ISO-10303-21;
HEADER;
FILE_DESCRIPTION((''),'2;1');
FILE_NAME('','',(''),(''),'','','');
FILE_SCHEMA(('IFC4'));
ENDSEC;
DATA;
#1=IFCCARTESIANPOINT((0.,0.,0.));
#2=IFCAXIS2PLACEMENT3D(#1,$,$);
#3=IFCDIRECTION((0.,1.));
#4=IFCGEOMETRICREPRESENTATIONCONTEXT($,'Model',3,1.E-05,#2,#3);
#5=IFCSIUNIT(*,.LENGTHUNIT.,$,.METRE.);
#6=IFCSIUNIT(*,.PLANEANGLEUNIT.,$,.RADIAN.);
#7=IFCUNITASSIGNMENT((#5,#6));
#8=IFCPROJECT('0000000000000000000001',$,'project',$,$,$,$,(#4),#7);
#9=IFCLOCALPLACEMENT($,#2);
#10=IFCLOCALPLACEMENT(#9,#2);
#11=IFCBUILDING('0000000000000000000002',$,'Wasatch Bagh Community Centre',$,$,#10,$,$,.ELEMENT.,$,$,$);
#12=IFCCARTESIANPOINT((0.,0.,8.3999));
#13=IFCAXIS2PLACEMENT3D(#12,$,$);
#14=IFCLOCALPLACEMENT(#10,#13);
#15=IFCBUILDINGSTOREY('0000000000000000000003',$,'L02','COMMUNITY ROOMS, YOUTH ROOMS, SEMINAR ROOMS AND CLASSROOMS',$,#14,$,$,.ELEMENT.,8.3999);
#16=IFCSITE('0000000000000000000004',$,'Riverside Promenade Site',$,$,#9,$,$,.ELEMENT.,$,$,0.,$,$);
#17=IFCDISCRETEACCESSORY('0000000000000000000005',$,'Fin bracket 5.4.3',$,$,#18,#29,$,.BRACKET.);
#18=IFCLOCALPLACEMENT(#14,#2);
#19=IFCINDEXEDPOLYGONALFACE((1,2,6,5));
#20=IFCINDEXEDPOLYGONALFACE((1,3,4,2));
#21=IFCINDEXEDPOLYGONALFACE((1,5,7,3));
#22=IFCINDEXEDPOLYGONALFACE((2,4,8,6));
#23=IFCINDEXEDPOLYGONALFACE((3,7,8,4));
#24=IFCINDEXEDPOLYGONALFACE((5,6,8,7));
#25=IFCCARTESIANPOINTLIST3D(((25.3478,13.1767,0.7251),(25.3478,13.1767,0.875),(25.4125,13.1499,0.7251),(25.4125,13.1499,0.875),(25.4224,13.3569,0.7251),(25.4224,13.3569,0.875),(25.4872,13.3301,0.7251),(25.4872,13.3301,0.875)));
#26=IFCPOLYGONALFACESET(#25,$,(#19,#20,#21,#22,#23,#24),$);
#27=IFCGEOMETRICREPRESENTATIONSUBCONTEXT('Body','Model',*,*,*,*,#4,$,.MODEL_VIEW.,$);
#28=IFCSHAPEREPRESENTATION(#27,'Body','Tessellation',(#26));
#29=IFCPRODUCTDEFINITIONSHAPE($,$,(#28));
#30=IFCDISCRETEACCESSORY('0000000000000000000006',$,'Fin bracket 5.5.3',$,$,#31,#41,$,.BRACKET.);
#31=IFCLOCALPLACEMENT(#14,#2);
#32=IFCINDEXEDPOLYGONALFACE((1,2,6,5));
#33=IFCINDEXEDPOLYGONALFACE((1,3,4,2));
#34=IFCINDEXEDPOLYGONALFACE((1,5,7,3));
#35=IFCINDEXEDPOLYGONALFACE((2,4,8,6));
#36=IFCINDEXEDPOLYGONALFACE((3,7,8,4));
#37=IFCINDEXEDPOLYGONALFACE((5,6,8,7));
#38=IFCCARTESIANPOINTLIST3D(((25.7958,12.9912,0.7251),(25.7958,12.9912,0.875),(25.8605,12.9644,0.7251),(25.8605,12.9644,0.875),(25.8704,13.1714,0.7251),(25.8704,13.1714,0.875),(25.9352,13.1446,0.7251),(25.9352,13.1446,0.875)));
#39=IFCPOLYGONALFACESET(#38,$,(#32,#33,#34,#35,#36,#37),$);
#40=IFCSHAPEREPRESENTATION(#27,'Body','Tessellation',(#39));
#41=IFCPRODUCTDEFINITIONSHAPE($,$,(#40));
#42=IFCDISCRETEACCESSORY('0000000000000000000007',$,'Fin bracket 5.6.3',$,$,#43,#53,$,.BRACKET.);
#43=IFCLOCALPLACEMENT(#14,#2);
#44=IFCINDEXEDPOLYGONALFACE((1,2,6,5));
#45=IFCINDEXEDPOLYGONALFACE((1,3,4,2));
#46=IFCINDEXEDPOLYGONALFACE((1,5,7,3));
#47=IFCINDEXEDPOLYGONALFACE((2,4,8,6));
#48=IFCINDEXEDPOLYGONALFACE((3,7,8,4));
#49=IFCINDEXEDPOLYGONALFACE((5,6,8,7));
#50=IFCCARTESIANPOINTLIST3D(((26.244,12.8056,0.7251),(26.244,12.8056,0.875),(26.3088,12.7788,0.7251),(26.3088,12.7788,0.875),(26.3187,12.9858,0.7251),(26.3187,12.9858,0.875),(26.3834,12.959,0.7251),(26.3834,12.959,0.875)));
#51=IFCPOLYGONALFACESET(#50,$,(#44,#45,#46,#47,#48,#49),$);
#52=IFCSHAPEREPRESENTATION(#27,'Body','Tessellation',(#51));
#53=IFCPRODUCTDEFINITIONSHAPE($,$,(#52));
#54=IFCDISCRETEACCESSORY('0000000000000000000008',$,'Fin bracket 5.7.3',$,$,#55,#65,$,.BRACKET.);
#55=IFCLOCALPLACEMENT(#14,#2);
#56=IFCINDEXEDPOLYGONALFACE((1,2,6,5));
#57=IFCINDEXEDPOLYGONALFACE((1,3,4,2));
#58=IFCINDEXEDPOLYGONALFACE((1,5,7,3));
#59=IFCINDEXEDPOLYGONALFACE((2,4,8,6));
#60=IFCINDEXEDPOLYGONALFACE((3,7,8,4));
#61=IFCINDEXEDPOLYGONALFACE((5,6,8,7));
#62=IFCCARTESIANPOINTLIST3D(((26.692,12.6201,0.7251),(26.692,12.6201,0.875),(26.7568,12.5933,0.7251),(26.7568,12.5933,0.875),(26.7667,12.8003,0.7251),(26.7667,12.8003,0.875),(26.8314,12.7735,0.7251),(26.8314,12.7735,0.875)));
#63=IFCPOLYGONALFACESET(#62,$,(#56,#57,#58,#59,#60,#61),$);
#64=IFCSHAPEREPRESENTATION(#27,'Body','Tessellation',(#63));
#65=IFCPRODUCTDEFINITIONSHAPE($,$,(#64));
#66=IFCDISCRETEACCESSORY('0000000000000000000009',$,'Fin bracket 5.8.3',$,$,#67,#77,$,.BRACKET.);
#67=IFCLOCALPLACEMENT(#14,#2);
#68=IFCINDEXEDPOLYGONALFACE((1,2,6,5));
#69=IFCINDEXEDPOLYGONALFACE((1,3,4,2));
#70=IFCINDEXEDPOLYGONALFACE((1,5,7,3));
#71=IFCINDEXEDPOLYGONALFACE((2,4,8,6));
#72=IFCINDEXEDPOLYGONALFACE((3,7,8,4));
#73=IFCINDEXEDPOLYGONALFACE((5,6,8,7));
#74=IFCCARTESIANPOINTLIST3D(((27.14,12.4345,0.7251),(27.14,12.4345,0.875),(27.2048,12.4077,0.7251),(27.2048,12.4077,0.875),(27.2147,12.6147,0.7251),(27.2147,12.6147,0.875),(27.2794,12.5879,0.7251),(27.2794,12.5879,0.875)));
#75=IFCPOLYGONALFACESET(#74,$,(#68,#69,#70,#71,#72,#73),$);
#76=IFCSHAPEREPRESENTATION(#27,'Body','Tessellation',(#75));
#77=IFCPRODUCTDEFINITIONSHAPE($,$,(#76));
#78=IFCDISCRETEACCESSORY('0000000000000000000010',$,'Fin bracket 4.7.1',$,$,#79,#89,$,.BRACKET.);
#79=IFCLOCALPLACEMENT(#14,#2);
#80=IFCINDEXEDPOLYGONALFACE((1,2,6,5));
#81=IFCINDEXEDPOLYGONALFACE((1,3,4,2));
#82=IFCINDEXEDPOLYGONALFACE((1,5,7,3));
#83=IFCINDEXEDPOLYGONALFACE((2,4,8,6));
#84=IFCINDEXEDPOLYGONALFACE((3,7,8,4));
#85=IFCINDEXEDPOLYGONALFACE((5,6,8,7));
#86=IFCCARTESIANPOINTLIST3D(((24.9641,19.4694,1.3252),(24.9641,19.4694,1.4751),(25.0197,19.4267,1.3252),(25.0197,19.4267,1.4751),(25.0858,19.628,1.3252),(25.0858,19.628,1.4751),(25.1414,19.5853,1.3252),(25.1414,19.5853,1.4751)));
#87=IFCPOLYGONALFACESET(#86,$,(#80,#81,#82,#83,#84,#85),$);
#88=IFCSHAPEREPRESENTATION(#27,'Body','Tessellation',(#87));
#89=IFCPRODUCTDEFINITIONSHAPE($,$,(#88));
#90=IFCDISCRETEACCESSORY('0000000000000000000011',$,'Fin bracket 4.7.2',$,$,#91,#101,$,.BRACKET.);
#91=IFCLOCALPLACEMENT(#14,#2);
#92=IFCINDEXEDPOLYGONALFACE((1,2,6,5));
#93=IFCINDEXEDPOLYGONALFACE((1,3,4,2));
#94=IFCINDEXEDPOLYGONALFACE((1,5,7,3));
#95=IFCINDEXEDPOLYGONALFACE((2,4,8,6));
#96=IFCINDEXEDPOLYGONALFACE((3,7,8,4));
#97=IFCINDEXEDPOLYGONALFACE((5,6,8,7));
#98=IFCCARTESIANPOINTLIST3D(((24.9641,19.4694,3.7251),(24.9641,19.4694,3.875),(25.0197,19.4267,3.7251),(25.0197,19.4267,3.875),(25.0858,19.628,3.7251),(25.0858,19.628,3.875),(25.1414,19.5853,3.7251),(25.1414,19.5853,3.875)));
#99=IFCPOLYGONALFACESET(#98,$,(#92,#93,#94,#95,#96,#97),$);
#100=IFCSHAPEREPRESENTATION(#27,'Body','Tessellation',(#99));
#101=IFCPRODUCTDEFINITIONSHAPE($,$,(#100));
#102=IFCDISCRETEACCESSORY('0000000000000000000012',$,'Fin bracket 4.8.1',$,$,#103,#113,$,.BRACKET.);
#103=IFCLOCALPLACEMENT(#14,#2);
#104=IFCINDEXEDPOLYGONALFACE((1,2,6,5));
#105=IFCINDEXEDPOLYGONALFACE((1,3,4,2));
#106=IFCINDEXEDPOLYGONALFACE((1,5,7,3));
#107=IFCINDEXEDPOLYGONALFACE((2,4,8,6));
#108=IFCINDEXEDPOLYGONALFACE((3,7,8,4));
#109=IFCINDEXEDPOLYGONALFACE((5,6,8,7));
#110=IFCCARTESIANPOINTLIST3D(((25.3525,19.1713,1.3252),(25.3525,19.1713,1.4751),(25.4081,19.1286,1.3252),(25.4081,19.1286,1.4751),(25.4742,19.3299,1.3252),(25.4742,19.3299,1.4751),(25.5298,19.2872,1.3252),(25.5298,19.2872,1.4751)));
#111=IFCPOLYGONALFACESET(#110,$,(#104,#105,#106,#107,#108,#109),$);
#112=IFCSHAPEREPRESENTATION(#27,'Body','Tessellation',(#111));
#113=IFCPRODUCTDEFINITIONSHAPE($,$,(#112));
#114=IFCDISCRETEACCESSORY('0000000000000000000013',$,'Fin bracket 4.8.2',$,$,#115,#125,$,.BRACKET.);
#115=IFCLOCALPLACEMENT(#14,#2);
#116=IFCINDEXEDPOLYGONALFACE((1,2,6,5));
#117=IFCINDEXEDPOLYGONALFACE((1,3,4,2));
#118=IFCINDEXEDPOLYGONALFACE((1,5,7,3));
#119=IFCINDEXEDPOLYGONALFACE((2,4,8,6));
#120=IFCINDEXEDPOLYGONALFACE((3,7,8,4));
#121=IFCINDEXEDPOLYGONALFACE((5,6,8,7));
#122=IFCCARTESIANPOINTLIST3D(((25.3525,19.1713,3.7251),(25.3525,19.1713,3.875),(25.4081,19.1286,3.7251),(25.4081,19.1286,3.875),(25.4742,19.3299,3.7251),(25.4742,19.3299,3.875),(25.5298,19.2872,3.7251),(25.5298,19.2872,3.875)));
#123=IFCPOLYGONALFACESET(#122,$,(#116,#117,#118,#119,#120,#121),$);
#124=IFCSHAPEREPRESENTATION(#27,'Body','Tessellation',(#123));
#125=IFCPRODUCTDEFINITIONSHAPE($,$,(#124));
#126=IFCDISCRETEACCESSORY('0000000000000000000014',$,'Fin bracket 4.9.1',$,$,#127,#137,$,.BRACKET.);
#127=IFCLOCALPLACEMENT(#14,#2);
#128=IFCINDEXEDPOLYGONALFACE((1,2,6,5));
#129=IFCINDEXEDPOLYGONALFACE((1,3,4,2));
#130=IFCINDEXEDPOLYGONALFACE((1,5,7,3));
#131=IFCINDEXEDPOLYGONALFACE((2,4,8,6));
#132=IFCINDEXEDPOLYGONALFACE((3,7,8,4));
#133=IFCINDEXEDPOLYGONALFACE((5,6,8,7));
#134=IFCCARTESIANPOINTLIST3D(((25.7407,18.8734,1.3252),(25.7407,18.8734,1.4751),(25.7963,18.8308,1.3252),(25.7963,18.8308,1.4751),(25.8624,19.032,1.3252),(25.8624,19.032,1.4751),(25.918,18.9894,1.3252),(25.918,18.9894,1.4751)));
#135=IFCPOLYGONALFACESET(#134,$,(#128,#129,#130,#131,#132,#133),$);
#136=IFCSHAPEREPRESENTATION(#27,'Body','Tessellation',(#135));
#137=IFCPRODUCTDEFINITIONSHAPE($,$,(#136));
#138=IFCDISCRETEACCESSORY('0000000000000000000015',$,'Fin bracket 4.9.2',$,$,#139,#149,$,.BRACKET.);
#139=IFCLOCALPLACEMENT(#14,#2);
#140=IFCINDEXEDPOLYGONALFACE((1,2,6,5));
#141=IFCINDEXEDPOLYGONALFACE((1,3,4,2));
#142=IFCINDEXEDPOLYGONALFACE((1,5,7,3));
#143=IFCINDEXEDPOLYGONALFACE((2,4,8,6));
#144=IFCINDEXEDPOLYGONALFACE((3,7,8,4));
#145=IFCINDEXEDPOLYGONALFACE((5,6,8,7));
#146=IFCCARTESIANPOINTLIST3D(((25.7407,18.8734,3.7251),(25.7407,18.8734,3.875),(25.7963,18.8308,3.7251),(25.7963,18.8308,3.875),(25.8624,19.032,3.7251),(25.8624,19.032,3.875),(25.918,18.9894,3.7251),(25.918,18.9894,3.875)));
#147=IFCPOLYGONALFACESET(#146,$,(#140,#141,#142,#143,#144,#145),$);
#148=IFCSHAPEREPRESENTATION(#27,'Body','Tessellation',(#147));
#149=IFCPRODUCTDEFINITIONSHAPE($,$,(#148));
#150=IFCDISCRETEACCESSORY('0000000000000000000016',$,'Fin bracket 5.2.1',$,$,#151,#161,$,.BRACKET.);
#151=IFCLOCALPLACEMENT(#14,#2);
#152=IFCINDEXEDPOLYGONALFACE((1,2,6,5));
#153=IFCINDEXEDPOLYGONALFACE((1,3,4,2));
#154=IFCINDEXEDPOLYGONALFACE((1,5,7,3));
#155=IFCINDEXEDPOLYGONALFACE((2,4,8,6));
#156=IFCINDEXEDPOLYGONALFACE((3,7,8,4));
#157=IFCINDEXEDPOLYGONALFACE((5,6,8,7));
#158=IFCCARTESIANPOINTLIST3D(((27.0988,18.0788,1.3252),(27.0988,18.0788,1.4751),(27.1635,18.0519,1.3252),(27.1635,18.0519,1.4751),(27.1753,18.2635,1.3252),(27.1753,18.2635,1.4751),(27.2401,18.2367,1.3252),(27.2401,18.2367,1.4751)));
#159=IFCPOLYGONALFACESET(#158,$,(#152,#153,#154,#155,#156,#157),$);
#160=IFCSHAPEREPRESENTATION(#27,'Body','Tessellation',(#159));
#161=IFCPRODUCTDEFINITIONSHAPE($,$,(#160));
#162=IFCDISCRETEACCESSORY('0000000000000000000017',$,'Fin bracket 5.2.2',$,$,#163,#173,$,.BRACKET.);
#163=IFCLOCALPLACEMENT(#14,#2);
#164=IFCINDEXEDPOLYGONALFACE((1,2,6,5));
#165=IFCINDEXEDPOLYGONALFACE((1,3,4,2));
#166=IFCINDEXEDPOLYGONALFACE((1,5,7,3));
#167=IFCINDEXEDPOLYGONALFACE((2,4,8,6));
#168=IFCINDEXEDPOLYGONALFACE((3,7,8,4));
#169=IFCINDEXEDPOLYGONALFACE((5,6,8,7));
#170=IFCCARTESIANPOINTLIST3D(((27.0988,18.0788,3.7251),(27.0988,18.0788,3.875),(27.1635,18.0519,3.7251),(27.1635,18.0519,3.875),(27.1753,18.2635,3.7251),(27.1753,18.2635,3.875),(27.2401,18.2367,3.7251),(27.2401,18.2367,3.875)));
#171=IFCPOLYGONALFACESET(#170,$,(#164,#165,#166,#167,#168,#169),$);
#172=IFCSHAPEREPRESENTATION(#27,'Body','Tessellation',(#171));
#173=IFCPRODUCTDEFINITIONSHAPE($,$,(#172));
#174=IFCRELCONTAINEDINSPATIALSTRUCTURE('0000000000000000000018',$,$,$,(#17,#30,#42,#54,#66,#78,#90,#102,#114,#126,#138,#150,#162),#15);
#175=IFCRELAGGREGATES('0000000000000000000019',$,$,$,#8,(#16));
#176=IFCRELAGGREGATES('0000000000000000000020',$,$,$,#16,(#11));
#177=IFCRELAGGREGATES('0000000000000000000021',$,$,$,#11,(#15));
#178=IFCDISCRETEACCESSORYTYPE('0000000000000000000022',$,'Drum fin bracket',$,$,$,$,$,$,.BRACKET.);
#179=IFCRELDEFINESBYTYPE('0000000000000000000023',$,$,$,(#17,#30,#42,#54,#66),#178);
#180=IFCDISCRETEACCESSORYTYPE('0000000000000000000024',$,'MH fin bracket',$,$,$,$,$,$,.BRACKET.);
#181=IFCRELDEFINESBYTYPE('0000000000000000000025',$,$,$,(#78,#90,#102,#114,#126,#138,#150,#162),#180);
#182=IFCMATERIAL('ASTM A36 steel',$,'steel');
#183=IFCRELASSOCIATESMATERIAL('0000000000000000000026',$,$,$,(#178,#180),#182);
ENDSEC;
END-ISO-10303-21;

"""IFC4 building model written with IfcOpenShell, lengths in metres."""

from ifc_helpers import new_model, si_unit, direction, frame, origin, origin_2d, place, context, subcontext, project, spatial, rectangle, extrude, material, type_object, element, save


model = new_model("IFC4")

# Units and contexts
model_context = context("Model", 3, precision=1e-05, world=origin(), true_north=direction((0.0, 1.0)))
body_context = subcontext(model_context, "Body", "Model", "MODEL_VIEW")
ifc_project = project(units=[si_unit("LENGTHUNIT", "METRE"), si_unit("PLANEANGLEUNIT", "RADIAN")], contexts=[model_context])

# Site, building, storey
site_placement = place(None, origin())
site = spatial("IfcSite", under=ifc_project, at=site_placement, Name="Riverside Promenade Site", CompositionType="ELEMENT", RefElevation=0.0)
building_placement = place(site_placement, origin())
building = spatial("IfcBuilding", under=site, at=building_placement, Name="Wasatch Bagh Community Centre", CompositionType="ELEMENT")
storey_placement = place(building_placement, frame((0.0, 0.0, 8.3999)))
storey = spatial("IfcBuildingStorey", under=building, at=storey_placement, Name="L02", Description="COMMUNITY ROOMS, YOUTH ROOMS, SEMINAR ROOMS AND CLASSROOMS", CompositionType="ELEMENT", Elevation=8.3999)

# Discrete accessories
ifc_material_1 = material(Name="ASTM A36 steel", Category="steel")
discrete_accessory_type_1 = type_object("IfcDiscreteAccessoryType", Name="Drum fin bracket", PredefinedType="BRACKET", material=ifc_material_1)
for number, where, z_axis, x_axis, name in (
    (1, (25.4175, 13.2534, 0.7251), (0.0, 0.0, 1.0), (0.92388, -0.382683, 0.0), "Fin bracket 5.4.3"),
    (2, (25.8655, 13.0679, 0.7251), (0.0, 0.0, 1.0), (0.92388, -0.382683, 0.0), "Fin bracket 5.5.3"),
    (3, (26.3137, 12.8823, 0.7251), (0.0, 0.0, 1.0), (0.92388, -0.382683, 0.0), "Fin bracket 5.6.3"),
    (4, (26.7617, 12.6968, 0.7251), (0.0, 0.0, 1.0), (0.92388, -0.382683, 0.0), "Fin bracket 5.7.3"),
    (5, (27.2097, 12.5112, 0.7251), (0.0, 0.0, 1.0), (0.92388, -0.382683, 0.0), "Fin bracket 5.8.3"),
):
    element("IfcDiscreteAccessory", number, at=place(storey_placement, frame(where, z_axis=z_axis, x_axis=x_axis)), inside=storey, type_object=discrete_accessory_type_1, Name=name, PredefinedType="BRACKET", context=body_context, shape_type="SweptSolid", body=[
        extrude(rectangle(XDim=0.0701, YDim=0.1951, at=origin_2d()), origin(), (0.0, 0.0, 1.0), 0.1499),
    ])
discrete_accessory_type_2 = type_object("IfcDiscreteAccessoryType", Name="MH fin bracket", PredefinedType="BRACKET", material=ifc_material_1)
for number, where, z_axis, x_axis, name in (
    (6, (25.0527, 19.5273, 1.3252), (0.0, 0.0, 1.0), (0.793353, -0.608761, 0.0), "Fin bracket 4.7.1"),
    (7, (25.0527, 19.5273, 3.7251), (0.0, 0.0, 1.0), (0.793353, -0.608761, 0.0), "Fin bracket 4.7.2"),
    (8, (25.4412, 19.2292, 1.3252), (0.0, 0.0, 1.0), (0.793353, -0.608761, 0.0), "Fin bracket 4.8.1"),
    (9, (25.4412, 19.2292, 3.7251), (0.0, 0.0, 1.0), (0.793353, -0.608761, 0.0), "Fin bracket 4.8.2"),
    (10, (25.8293, 18.9314, 1.3252), (0.0, 0.0, 1.0), (0.793353, -0.608761, 0.0), "Fin bracket 4.9.1"),
    (11, (25.8293, 18.9314, 3.7251), (0.0, 0.0, 1.0), (0.793353, -0.608761, 0.0), "Fin bracket 4.9.2"),
    (12, (27.1694, 18.1577, 1.3252), (0.0, 0.0, 1.0), (0.92388, -0.382683, 0.0), "Fin bracket 5.2.1"),
    (13, (27.1694, 18.1577, 3.7251), (0.0, 0.0, 1.0), (0.92388, -0.382683, 0.0), "Fin bracket 5.2.2"),
):
    element("IfcDiscreteAccessory", number, at=place(storey_placement, frame(where, z_axis=z_axis, x_axis=x_axis)), inside=storey, type_object=discrete_accessory_type_2, Name=name, PredefinedType="BRACKET", context=body_context, shape_type="SweptSolid", body=[
        extrude(rectangle(XDim=0.0701, YDim=0.2, at=origin_2d()), origin(), (0.0, 0.0, 1.0), 0.1499),
    ])

save(model, "model.ifc")
